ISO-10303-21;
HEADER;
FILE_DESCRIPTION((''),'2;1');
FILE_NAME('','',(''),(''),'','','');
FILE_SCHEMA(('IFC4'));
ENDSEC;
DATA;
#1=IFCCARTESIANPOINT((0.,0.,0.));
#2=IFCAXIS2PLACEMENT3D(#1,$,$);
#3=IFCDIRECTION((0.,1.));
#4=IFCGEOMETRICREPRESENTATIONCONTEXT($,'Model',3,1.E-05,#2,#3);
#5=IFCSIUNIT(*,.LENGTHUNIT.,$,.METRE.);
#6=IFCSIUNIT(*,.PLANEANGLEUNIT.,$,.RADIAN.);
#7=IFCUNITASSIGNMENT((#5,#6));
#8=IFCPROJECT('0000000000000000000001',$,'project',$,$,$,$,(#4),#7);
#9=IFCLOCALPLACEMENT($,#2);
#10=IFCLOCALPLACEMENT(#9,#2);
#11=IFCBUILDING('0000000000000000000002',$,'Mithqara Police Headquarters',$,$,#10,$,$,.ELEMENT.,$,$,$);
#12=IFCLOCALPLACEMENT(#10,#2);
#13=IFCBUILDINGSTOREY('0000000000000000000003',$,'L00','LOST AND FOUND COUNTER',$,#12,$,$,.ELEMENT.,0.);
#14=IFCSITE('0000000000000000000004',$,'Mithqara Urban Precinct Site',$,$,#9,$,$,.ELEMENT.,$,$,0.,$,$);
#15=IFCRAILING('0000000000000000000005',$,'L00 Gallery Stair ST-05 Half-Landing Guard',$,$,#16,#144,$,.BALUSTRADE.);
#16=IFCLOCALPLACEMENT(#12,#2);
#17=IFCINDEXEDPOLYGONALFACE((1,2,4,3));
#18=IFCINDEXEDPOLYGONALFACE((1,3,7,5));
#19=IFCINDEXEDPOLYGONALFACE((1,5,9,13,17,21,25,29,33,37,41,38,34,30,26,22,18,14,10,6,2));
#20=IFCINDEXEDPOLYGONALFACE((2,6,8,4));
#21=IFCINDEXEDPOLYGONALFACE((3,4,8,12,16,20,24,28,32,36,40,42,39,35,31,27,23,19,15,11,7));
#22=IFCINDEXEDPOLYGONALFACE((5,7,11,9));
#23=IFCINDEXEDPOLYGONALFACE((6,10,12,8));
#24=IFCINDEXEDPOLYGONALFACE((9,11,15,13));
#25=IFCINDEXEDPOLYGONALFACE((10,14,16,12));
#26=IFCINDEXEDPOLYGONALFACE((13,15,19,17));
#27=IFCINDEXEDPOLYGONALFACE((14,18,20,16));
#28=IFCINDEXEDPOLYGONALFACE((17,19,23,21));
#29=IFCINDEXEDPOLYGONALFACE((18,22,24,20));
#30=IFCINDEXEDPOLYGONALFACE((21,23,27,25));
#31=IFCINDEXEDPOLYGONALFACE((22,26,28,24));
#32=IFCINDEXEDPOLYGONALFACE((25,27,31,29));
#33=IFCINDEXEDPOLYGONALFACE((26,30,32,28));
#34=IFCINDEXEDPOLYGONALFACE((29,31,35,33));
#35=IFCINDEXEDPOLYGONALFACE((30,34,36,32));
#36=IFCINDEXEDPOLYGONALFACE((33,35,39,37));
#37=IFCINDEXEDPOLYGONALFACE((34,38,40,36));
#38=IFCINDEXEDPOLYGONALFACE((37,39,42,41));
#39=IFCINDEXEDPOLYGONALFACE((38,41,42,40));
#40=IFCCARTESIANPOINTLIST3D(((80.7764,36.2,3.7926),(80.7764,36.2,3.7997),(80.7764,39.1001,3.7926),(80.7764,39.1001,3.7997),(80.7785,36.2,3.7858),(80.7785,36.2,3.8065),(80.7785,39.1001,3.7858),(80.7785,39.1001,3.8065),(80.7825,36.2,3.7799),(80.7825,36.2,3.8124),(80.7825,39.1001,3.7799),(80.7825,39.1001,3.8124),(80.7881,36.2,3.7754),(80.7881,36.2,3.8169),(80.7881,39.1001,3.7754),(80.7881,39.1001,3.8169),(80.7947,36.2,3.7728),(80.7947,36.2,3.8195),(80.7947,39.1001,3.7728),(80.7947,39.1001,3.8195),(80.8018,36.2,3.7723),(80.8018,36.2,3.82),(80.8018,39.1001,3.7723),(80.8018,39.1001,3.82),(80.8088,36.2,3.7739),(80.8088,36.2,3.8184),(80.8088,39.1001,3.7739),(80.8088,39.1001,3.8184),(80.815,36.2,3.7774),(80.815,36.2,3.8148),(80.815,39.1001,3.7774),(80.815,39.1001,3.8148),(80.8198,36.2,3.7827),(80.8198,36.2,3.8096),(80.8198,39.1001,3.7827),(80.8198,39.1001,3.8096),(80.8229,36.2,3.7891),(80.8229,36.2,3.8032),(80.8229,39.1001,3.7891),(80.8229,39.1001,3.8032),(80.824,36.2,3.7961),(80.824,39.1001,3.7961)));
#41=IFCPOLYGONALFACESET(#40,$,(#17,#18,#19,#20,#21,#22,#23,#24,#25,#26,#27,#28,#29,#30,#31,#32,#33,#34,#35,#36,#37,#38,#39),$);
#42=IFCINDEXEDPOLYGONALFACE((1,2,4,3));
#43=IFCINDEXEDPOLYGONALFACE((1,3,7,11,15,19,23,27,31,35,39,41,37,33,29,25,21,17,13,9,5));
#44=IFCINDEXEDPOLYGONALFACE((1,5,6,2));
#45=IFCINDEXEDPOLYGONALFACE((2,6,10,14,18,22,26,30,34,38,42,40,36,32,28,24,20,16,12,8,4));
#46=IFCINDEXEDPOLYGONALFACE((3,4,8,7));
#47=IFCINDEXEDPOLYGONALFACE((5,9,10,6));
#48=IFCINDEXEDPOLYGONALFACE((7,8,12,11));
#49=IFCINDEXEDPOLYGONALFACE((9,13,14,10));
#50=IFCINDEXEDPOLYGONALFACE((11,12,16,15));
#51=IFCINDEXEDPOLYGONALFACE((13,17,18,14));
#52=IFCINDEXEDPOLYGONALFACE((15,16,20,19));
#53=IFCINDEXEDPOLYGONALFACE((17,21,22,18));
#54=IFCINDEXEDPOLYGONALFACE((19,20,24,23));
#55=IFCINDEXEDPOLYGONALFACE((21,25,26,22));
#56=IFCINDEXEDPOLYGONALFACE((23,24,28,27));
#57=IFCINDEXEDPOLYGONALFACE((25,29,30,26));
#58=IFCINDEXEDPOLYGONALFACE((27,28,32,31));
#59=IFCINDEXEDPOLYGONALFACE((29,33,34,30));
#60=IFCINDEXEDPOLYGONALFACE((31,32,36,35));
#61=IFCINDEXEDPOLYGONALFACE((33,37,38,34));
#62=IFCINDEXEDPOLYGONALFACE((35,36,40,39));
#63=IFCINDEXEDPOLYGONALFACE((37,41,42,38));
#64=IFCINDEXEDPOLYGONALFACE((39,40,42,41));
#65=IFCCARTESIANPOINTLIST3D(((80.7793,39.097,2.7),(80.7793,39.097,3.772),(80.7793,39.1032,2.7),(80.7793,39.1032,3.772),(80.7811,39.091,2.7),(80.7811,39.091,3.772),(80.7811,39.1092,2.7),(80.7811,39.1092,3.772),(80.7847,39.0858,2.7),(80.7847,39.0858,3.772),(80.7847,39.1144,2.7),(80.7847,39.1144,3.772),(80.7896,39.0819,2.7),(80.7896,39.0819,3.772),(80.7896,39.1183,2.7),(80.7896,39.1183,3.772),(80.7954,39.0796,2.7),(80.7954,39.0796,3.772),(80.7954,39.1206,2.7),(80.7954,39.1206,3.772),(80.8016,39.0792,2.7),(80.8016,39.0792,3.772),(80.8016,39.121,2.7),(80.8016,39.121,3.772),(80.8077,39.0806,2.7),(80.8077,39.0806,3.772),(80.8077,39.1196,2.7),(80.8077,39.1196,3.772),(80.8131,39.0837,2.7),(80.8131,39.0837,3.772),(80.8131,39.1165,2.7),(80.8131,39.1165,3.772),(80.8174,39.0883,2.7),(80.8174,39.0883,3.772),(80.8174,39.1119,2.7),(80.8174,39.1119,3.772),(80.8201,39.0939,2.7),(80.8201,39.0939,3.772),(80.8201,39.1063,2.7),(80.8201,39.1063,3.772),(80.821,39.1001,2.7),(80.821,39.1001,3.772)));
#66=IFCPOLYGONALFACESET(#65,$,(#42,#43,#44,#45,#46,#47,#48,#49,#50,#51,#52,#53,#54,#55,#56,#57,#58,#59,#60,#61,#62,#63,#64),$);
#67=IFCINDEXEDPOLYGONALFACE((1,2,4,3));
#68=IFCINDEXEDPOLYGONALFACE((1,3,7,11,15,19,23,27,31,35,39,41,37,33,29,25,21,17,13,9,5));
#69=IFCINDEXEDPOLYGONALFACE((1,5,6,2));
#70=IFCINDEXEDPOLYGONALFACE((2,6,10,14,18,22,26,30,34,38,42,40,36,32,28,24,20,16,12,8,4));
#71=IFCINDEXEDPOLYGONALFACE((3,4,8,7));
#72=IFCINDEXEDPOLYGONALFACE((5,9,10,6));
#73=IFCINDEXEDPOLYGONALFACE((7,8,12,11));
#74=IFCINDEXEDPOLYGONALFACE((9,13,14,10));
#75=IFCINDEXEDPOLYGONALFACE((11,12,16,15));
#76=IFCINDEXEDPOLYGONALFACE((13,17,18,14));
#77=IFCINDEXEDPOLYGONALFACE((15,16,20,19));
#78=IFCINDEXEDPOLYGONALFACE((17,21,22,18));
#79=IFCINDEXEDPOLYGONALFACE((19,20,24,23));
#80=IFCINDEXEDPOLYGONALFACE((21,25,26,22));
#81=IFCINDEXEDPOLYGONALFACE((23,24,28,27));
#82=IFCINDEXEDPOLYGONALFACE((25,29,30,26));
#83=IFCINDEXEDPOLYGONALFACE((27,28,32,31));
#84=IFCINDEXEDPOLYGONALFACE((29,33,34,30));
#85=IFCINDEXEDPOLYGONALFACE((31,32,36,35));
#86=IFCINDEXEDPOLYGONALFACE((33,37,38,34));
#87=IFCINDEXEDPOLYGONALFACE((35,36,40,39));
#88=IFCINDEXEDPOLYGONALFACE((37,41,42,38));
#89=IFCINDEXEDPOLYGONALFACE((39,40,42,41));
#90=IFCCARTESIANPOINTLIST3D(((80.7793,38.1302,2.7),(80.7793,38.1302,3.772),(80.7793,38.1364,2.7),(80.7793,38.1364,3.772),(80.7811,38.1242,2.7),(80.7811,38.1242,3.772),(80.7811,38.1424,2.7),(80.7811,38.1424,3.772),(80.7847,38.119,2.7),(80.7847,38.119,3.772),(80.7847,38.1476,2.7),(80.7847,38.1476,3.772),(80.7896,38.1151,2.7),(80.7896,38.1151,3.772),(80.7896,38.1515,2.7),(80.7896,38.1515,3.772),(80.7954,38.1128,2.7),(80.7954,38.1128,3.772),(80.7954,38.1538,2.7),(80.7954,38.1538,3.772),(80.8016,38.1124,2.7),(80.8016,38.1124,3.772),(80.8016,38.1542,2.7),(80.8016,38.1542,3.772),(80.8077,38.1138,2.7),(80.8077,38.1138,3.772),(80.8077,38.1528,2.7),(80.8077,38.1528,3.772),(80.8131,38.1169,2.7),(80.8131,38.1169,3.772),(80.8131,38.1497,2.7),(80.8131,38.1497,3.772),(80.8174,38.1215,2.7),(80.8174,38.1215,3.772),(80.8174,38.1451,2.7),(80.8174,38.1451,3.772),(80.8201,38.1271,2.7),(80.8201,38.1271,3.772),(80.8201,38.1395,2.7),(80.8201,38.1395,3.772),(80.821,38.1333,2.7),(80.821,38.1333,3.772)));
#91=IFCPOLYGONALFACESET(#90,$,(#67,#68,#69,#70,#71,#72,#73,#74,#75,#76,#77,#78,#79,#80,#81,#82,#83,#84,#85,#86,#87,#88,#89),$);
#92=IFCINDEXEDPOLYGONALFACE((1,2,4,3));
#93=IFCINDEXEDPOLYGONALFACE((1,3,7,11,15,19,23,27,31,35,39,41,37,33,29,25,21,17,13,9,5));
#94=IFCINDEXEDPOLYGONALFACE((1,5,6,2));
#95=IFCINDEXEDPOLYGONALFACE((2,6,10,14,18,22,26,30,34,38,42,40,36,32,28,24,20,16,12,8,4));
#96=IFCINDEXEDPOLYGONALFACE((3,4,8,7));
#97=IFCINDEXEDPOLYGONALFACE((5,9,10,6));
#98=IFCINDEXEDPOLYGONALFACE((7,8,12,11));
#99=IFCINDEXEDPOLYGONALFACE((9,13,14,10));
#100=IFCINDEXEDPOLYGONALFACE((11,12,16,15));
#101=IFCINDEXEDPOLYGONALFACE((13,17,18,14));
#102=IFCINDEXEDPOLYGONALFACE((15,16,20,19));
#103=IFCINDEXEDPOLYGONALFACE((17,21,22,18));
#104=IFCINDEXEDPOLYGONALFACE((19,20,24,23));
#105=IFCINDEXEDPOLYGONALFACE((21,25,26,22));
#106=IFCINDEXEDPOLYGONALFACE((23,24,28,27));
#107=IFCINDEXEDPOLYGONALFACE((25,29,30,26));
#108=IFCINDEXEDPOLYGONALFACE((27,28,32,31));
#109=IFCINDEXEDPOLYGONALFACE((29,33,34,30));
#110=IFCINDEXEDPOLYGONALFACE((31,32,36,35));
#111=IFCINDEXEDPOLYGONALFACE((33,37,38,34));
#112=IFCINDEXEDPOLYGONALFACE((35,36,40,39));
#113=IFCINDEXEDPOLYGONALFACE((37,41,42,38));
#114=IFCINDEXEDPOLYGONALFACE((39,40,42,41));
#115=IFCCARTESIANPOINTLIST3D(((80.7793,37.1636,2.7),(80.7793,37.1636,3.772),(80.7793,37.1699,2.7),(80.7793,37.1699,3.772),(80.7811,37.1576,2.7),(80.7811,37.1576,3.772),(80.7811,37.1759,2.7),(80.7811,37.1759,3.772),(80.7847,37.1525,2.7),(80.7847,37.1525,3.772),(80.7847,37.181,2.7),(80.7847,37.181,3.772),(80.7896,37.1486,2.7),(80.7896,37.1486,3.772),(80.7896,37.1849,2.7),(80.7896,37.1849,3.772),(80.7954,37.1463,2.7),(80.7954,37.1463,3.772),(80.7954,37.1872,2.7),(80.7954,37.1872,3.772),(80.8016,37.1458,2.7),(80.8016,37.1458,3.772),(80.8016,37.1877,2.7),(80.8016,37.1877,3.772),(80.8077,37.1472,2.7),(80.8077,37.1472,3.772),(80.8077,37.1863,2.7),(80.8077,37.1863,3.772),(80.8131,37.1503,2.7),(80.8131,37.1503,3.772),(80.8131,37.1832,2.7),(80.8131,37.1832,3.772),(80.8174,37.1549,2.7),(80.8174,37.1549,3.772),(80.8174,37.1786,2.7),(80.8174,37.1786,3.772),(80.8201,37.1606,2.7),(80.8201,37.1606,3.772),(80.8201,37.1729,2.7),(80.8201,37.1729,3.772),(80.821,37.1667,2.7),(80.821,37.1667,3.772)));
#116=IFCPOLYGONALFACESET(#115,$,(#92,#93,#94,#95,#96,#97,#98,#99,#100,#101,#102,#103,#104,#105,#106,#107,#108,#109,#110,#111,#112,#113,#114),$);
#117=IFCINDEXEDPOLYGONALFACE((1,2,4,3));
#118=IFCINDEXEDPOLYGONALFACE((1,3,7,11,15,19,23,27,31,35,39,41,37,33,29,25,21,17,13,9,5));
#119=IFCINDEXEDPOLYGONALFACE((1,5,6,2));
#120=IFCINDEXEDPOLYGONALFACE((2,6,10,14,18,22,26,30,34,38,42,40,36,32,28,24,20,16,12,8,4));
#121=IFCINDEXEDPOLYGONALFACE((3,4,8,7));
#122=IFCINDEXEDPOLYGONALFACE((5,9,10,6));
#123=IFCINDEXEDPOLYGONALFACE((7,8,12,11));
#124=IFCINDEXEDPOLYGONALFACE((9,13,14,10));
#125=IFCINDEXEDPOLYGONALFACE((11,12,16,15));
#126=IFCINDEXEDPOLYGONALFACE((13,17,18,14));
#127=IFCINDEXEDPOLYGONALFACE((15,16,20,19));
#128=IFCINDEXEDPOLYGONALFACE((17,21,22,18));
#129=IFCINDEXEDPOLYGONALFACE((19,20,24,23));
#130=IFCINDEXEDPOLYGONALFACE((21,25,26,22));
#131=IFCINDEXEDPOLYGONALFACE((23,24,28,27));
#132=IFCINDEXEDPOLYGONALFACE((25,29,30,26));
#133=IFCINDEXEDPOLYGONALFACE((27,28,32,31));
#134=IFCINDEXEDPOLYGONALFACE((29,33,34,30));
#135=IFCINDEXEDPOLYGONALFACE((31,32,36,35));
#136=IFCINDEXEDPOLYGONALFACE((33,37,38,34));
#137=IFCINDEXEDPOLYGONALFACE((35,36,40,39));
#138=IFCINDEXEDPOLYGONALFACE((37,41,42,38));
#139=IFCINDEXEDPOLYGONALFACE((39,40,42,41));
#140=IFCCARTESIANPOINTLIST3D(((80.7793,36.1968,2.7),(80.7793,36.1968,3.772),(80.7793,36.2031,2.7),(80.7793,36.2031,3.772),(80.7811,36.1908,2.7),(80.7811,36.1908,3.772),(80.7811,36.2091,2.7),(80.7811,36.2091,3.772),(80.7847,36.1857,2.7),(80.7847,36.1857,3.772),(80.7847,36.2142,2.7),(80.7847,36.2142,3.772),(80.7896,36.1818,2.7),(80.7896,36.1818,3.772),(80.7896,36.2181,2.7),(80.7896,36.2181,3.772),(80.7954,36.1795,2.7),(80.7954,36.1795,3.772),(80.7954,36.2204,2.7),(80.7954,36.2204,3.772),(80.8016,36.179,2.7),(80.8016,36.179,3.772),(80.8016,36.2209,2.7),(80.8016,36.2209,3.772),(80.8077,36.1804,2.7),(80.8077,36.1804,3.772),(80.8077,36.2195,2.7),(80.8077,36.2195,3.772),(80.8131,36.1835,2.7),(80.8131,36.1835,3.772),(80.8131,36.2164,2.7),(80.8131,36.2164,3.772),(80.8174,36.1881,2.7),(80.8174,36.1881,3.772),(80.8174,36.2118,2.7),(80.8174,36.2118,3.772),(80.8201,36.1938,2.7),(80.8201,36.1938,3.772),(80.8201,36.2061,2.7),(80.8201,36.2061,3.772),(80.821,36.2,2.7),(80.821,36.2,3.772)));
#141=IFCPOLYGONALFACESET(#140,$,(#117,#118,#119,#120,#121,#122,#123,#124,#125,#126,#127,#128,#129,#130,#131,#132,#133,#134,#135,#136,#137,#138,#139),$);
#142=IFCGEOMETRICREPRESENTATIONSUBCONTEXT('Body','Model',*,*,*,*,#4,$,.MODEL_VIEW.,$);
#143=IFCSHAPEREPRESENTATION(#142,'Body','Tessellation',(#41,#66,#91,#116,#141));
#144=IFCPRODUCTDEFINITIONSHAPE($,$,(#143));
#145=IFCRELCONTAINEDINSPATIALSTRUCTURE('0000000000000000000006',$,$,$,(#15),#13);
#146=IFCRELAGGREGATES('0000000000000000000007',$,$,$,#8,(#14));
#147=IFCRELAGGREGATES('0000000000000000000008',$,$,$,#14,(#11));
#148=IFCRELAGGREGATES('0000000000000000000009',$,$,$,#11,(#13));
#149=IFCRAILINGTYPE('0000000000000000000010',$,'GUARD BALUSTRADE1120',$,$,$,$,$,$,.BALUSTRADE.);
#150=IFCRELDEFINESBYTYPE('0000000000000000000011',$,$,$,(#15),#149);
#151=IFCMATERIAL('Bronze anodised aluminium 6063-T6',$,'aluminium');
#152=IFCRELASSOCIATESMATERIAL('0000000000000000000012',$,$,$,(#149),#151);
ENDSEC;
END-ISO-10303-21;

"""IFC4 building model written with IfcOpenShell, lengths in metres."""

from ifc_helpers import new_model, si_unit, direction, frame, origin, origin_2d, place, context, subcontext, project, spatial, circle, extrude, material, type_object, element, save


model = new_model("IFC4")

# Units and contexts
model_context = context("Model", 3, precision=1e-05, world=origin(), true_north=direction((0.0, 1.0)))
body_context = subcontext(model_context, "Body", "Model", "MODEL_VIEW")
ifc_project = project(units=[si_unit("LENGTHUNIT", "METRE"), si_unit("PLANEANGLEUNIT", "RADIAN")], contexts=[model_context])

# Site, building, storey
site_placement = place(None, origin())
site = spatial("IfcSite", under=ifc_project, at=site_placement, Name="Mithqara Urban Precinct Site", CompositionType="ELEMENT", RefElevation=0.0)
building_placement = place(site_placement, origin())
building = spatial("IfcBuilding", under=site, at=building_placement, Name="Mithqara Police Headquarters", CompositionType="ELEMENT")
storey_placement = place(building_placement, origin())
storey = spatial("IfcBuildingStorey", under=building, at=storey_placement, Name="L00", Description="LOST AND FOUND COUNTER", CompositionType="ELEMENT", Elevation=0.0)

# Shared definitions
ifc_material_1 = material(Name="Bronze anodised aluminium 6063-T6", Category="aluminium")

# Railing
railing_type = type_object("IfcRailingType", Name="GUARD BALUSTRADE1120", PredefinedType="BALUSTRADE", material=ifc_material_1)
railing_placement = place(storey_placement, frame((80.8, 39.1001, 2.7)))
element("IfcRailing", 1, at=railing_placement, inside=storey, type_object=railing_type, Name="L00 Gallery Stair ST-05 Half-Landing Guard", PredefinedType="BALUSTRADE", context=body_context, shape_type="SweptSolid", body=[
    extrude(circle(Radius=0.0239, at=origin_2d()), frame((0.0, 0.0, 1.0962), z_axis=(0.0, -1.0, 0.0), x_axis=(1.0, 0.0, 0.0)), (0.0, 0.0, 1.0), 2.9001),
    extrude(circle(Radius=0.021, at=origin_2d()), origin(), (0.0, 0.0, 1.0), 1.072),
    extrude(circle(Radius=0.021, at=origin_2d()), frame((0.0, -0.9668, 0.0)), (0.0, 0.0, 1.0), 1.072),
    extrude(circle(Radius=0.021, at=origin_2d()), frame((0.0, -1.9333, 0.0)), (0.0, 0.0, 1.0), 1.072),
    extrude(circle(Radius=0.021, at=origin_2d()), frame((0.0, -2.9001, 0.0)), (0.0, 0.0, 1.0), 1.072),
])

save(model, "model.ifc")
